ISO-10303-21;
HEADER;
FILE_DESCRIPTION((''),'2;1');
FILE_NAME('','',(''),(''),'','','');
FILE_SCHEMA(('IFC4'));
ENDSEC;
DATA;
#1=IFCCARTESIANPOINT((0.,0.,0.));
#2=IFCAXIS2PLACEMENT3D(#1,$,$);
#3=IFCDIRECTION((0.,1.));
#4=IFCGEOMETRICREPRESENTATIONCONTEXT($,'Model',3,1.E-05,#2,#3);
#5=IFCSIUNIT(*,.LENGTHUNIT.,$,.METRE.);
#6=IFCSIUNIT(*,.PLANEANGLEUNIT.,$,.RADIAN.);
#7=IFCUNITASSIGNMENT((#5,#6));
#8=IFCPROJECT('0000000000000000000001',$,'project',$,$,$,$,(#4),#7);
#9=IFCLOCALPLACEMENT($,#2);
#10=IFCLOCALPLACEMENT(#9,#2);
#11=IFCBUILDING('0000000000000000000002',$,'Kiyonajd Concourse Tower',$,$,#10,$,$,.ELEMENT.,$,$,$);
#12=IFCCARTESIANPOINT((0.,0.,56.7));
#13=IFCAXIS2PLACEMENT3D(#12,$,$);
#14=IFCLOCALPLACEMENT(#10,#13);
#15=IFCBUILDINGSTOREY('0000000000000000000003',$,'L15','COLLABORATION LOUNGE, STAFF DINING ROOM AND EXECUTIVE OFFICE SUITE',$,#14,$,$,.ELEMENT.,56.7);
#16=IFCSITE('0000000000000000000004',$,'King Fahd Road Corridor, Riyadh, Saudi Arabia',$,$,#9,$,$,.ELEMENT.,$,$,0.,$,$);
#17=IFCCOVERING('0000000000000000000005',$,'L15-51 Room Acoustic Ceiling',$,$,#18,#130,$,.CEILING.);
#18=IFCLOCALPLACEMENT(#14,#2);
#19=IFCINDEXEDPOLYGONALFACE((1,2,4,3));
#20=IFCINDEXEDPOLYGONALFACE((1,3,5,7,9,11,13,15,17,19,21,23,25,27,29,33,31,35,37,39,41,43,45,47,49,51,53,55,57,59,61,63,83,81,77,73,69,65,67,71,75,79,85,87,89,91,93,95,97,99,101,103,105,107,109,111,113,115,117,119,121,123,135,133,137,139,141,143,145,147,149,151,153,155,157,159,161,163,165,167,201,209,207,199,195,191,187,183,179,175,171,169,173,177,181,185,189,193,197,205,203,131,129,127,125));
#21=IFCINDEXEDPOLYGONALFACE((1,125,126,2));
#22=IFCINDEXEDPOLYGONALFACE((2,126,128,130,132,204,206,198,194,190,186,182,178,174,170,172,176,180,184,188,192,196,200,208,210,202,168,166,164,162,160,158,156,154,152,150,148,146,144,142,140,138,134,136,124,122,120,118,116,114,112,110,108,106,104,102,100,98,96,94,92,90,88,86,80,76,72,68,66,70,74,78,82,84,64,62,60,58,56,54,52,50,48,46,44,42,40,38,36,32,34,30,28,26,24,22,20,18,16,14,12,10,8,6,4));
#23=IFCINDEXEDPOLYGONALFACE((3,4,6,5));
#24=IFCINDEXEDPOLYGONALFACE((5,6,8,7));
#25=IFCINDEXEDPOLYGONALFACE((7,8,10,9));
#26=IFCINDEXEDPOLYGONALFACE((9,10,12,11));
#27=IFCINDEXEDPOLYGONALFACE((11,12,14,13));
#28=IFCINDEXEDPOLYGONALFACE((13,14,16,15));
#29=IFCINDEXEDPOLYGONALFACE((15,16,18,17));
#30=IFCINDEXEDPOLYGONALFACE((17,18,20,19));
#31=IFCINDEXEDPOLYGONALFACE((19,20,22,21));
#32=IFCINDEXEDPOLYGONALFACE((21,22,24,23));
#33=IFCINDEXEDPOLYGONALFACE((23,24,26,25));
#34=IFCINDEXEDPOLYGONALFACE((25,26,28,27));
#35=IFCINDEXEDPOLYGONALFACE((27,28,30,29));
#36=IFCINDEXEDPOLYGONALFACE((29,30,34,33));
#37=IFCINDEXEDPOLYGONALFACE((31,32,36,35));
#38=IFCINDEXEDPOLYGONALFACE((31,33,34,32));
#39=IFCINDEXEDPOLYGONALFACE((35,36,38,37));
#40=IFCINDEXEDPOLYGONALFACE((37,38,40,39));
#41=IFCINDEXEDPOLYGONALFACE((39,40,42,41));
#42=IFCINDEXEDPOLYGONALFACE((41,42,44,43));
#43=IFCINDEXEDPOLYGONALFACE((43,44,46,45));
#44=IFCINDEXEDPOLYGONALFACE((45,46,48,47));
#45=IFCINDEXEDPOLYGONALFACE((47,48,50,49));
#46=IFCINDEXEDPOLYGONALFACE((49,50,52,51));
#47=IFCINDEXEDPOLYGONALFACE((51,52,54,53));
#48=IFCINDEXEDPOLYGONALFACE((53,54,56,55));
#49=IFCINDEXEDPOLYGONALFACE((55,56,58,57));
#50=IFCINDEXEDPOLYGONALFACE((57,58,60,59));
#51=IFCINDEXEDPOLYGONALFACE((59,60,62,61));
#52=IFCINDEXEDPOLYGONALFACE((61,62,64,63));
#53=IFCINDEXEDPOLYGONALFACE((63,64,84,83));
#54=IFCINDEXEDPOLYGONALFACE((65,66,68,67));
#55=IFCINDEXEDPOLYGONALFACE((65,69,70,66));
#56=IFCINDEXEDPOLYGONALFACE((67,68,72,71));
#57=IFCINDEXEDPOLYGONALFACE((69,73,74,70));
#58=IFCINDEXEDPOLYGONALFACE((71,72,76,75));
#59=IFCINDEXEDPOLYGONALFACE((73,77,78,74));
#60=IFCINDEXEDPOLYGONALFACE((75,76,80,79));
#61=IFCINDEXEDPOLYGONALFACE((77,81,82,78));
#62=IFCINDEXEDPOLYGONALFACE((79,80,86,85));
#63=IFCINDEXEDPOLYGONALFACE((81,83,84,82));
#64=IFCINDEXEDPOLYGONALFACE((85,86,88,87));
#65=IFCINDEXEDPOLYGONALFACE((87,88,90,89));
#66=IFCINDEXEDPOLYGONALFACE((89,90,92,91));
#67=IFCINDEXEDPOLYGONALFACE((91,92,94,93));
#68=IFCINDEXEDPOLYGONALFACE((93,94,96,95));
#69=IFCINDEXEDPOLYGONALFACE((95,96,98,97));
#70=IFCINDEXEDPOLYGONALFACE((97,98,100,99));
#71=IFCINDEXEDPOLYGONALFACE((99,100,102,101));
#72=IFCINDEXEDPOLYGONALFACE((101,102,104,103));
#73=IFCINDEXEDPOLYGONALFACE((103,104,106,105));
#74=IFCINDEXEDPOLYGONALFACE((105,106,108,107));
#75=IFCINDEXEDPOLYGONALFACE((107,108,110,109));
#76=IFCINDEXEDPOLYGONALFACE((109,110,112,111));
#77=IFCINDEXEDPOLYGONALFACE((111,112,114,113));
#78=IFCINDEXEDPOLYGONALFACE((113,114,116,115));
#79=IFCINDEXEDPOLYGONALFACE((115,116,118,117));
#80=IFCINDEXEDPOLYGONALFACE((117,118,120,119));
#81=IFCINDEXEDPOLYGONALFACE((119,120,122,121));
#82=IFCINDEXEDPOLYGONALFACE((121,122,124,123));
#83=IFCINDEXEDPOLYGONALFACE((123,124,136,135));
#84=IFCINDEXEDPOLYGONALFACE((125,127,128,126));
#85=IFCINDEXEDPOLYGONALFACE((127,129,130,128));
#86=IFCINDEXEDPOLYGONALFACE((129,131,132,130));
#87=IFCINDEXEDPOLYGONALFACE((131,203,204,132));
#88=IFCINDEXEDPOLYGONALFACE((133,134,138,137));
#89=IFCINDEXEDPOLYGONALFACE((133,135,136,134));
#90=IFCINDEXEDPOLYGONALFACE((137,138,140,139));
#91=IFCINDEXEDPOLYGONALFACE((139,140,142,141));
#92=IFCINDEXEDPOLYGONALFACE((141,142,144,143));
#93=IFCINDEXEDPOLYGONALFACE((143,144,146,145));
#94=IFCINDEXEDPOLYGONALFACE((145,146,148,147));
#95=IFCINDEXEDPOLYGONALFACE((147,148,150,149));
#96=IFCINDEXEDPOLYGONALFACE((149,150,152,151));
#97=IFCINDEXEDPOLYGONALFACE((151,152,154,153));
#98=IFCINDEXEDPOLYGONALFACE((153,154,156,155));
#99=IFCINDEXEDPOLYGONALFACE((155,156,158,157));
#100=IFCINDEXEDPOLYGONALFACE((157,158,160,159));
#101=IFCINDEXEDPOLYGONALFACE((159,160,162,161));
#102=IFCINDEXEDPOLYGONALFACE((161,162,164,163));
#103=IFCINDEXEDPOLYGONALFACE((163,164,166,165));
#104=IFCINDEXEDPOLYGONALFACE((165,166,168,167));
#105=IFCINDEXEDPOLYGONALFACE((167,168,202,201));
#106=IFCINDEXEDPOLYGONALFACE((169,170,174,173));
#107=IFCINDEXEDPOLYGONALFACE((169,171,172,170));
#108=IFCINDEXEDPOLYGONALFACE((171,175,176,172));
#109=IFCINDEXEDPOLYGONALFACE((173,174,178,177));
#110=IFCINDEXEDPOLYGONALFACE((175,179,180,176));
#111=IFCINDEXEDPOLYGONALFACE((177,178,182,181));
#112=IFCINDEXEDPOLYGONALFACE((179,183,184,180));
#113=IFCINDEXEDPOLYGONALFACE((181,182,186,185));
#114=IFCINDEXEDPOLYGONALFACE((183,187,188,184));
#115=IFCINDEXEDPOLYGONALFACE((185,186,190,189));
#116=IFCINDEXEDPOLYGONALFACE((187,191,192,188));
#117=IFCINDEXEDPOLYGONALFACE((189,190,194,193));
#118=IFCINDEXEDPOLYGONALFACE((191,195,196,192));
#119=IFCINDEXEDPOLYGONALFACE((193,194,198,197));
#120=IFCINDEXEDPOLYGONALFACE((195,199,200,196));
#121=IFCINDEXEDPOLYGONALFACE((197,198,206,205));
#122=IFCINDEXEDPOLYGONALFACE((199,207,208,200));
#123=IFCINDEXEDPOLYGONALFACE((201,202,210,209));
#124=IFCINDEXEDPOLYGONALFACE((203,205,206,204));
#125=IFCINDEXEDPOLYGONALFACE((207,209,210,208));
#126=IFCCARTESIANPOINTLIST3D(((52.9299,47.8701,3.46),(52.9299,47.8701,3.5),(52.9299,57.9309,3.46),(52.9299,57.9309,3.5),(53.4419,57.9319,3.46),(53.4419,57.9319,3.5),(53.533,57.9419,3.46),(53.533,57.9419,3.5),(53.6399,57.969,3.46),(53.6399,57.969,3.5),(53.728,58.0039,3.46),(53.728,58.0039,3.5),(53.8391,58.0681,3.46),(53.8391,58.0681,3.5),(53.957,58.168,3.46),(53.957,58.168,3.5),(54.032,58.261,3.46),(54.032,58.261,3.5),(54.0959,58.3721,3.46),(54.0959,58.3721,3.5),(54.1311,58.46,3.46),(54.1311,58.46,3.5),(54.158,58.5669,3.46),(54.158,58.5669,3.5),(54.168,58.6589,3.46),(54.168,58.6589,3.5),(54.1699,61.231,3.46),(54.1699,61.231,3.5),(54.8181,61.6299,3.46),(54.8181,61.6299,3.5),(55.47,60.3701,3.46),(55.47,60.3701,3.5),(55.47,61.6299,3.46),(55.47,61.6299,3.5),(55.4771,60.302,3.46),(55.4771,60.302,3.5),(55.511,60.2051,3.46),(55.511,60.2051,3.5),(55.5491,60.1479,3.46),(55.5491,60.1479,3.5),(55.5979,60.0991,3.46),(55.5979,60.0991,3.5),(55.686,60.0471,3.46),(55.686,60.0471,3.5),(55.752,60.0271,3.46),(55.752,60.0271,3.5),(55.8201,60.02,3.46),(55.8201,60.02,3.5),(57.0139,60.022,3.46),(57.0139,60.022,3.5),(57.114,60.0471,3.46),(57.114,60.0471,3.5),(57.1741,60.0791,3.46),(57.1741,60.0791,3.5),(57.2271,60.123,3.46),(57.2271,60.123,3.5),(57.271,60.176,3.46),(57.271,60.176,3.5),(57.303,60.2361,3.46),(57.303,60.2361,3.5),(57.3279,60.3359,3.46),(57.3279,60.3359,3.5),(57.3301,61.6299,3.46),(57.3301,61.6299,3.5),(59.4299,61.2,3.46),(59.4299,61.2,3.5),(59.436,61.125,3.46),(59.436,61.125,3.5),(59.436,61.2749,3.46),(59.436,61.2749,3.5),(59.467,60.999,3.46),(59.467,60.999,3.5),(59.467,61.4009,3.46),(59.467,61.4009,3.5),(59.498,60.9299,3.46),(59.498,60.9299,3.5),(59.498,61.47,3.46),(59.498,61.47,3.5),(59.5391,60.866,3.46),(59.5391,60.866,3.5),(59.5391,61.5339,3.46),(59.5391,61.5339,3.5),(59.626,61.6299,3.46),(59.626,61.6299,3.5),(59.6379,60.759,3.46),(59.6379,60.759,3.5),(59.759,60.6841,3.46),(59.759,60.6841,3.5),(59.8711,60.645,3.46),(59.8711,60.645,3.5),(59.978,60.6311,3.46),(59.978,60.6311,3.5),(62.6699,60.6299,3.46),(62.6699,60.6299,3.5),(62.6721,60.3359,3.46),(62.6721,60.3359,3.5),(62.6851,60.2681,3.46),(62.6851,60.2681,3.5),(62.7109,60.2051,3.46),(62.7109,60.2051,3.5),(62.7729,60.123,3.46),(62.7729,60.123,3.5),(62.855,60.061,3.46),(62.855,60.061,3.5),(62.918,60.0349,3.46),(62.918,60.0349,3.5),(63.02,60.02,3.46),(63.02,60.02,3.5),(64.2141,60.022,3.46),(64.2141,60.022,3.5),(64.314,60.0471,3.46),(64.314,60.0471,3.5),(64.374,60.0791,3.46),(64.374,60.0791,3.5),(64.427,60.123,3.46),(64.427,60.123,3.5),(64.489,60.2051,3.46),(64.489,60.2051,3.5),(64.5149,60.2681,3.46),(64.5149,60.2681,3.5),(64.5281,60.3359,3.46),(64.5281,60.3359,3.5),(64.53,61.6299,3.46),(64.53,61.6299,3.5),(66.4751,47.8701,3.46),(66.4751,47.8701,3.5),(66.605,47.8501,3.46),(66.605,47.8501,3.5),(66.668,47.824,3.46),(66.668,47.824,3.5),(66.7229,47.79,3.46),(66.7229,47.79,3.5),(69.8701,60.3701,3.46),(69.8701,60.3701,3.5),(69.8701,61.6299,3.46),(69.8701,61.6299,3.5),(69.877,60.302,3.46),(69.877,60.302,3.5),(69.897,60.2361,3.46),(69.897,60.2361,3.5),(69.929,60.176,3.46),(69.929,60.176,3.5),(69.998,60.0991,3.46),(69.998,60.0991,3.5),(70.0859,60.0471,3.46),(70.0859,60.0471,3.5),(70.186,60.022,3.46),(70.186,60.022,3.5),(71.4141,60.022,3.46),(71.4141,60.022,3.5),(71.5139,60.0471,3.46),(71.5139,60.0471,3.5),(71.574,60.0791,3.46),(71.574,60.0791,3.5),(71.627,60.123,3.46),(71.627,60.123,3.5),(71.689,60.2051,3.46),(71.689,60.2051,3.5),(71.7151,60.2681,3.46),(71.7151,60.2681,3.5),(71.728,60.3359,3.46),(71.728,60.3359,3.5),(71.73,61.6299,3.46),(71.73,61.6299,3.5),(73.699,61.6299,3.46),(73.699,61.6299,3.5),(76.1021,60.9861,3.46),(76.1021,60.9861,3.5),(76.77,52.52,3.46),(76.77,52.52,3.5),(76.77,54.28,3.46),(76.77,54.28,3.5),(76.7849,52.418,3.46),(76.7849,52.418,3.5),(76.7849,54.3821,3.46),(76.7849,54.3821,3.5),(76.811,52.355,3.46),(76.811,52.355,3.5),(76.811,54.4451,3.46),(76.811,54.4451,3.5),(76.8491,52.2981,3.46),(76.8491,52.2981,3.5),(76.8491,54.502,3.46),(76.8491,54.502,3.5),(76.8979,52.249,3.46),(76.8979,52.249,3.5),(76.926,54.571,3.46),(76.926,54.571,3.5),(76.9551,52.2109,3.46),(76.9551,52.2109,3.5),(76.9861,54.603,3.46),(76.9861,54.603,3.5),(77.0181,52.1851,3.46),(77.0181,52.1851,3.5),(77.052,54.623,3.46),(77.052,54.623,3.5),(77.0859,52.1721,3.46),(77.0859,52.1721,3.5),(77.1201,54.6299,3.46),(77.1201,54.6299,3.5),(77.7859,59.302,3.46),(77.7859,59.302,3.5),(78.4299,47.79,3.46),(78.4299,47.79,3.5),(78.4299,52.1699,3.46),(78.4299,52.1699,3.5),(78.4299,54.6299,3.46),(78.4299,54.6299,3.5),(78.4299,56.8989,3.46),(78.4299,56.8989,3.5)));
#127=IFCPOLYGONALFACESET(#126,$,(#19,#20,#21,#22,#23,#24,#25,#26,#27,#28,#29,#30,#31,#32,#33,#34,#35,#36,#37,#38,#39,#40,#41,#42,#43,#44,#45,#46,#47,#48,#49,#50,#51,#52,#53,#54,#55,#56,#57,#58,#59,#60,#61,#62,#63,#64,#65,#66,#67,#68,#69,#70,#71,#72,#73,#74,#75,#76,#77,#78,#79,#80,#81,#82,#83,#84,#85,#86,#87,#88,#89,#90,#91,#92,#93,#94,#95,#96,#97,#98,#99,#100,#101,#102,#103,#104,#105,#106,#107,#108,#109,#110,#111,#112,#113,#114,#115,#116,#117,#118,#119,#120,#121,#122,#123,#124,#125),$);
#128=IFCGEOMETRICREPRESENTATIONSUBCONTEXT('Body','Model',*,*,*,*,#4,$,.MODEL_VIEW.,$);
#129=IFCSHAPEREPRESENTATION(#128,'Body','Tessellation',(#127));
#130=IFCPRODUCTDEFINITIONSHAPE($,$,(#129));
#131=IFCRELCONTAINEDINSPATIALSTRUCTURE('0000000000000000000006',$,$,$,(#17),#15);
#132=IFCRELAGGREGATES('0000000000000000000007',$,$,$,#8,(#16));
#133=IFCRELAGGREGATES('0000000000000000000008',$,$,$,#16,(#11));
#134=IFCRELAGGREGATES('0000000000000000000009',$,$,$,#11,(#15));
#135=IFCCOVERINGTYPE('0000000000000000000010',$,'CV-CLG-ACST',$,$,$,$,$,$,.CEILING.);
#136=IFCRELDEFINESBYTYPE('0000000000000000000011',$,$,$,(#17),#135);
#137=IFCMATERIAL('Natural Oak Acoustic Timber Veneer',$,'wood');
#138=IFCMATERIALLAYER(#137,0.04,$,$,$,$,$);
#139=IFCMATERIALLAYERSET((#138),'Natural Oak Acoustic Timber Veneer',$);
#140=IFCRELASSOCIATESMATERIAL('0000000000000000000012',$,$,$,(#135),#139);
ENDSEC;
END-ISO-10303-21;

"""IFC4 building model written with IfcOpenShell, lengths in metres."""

from ifc_helpers import new_model, si_unit, direction, frame, origin, place, context, subcontext, project, spatial, polyline, outline, extrude, material, layer, layer_set, type_object, element, save


model = new_model("IFC4")

# Units and contexts
model_context = context("Model", 3, precision=1e-05, world=origin(), true_north=direction((0.0, 1.0)))
body_context = subcontext(model_context, "Body", "Model", "MODEL_VIEW")
ifc_project = project(units=[si_unit("LENGTHUNIT", "METRE"), si_unit("PLANEANGLEUNIT", "RADIAN")], contexts=[model_context])

# Site, building, storey
site_placement = place(None, origin())
site = spatial("IfcSite", under=ifc_project, at=site_placement, Name="King Fahd Road Corridor, Riyadh, Saudi Arabia", CompositionType="ELEMENT", RefElevation=0.0)
building_placement = place(site_placement, origin())
building = spatial("IfcBuilding", under=site, at=building_placement, Name="Kiyonajd Concourse Tower", CompositionType="ELEMENT")
storey_placement = place(building_placement, frame((0.0, 0.0, 56.7)))
storey = spatial("IfcBuildingStorey", under=building, at=storey_placement, Name="L15", Description="COLLABORATION LOUNGE, STAFF DINING ROOM AND EXECUTIVE OFFICE SUITE", CompositionType="ELEMENT", Elevation=56.7)

# Covering
ifc_material_1 = material(Name="Natural Oak Acoustic Timber Veneer", Category="wood")
ifc_layer_1 = layer(ifc_material_1, 0.04)
ifc_layer_set_1 = layer_set([ifc_layer_1], Name="Natural Oak Acoustic Timber Veneer")
covering_type = type_object("IfcCoveringType", Name="CV-CLG-ACST", PredefinedType="CEILING", material=ifc_layer_set_1)
covering_1_placement = place(storey_placement, frame((0.0, 0.0, 3.46)))
element("IfcCovering", 1, at=covering_1_placement, inside=storey, type_object=covering_type, Name="L15-51 Room Acoustic Ceiling", PredefinedType="CEILING", context=body_context, shape_type="SweptSolid", body=[
    extrude(outline(polyline([(53.533, 57.9419), (53.6399, 57.969), (53.728, 58.0039), (53.8391, 58.0681), (53.957, 58.168), (54.032, 58.261), (54.0959, 58.3721), (54.1311, 58.46), (54.158, 58.5669), (54.168, 58.6589), (54.1699, 61.231), (54.8181, 61.6299), (55.47, 61.6299), (55.47, 60.3701), (55.4771, 60.302), (55.511, 60.2051), (55.5491, 60.1479), (55.5979, 60.0991), (55.686, 60.0471), (55.752, 60.0271), (55.8201, 60.02), (57.0139, 60.022), (57.114, 60.0471), (57.1741, 60.0791), (57.2271, 60.123), (57.271, 60.176), (57.303, 60.2361), (57.3279, 60.3359), (57.3301, 61.6299), (59.626, 61.6299), (59.5391, 61.5339), (59.498, 61.47), (59.467, 61.4009), (59.436, 61.2749), (59.4299, 61.2), (59.436, 61.125), (59.467, 60.999), (59.498, 60.9299), (59.5391, 60.866), (59.6379, 60.759), (59.759, 60.6841), (59.8711, 60.645), (59.978, 60.6311), (62.6699, 60.6299), (62.6721, 60.3359), (62.6851, 60.2681), (62.7109, 60.2051), (62.7729, 60.123), (62.855, 60.061), (62.918, 60.0349), (63.02, 60.02), (64.2141, 60.022), (64.314, 60.0471), (64.374, 60.0791), (64.427, 60.123), (64.489, 60.2051), (64.5149, 60.2681), (64.5281, 60.3359), (64.53, 61.6299), (69.8701, 61.6299), (69.8701, 60.3701), (69.877, 60.302), (69.897, 60.2361), (69.929, 60.176), (69.998, 60.0991), (70.0859, 60.0471), (70.186, 60.022), (71.4141, 60.022), (71.5139, 60.0471), (71.574, 60.0791), (71.627, 60.123), (71.689, 60.2051), (71.7151, 60.2681), (71.728, 60.3359), (71.73, 61.6299), (73.699, 61.6299), (76.1021, 60.9861), (77.7859, 59.302), (78.4299, 56.8989), (78.4299, 54.6299), (77.1201, 54.6299), (77.052, 54.623), (76.9861, 54.603), (76.926, 54.571), (76.8491, 54.502), (76.811, 54.4451), (76.7849, 54.3821), (76.77, 54.28), (76.77, 52.52), (76.7849, 52.418), (76.811, 52.355), (76.8491, 52.2981), (76.8979, 52.249), (76.9551, 52.2109), (77.0181, 52.1851), (77.0859, 52.1721), (78.4299, 52.1699), (78.4299, 47.79), (66.7229, 47.79), (66.668, 47.824), (66.605, 47.8501), (66.4751, 47.8701), (52.9299, 47.8701), (52.9299, 57.9309), (53.4419, 57.9319), (53.533, 57.9419)])), origin(), (0.0, 0.0, 1.0), 0.04),
])

save(model, "model.ifc")
